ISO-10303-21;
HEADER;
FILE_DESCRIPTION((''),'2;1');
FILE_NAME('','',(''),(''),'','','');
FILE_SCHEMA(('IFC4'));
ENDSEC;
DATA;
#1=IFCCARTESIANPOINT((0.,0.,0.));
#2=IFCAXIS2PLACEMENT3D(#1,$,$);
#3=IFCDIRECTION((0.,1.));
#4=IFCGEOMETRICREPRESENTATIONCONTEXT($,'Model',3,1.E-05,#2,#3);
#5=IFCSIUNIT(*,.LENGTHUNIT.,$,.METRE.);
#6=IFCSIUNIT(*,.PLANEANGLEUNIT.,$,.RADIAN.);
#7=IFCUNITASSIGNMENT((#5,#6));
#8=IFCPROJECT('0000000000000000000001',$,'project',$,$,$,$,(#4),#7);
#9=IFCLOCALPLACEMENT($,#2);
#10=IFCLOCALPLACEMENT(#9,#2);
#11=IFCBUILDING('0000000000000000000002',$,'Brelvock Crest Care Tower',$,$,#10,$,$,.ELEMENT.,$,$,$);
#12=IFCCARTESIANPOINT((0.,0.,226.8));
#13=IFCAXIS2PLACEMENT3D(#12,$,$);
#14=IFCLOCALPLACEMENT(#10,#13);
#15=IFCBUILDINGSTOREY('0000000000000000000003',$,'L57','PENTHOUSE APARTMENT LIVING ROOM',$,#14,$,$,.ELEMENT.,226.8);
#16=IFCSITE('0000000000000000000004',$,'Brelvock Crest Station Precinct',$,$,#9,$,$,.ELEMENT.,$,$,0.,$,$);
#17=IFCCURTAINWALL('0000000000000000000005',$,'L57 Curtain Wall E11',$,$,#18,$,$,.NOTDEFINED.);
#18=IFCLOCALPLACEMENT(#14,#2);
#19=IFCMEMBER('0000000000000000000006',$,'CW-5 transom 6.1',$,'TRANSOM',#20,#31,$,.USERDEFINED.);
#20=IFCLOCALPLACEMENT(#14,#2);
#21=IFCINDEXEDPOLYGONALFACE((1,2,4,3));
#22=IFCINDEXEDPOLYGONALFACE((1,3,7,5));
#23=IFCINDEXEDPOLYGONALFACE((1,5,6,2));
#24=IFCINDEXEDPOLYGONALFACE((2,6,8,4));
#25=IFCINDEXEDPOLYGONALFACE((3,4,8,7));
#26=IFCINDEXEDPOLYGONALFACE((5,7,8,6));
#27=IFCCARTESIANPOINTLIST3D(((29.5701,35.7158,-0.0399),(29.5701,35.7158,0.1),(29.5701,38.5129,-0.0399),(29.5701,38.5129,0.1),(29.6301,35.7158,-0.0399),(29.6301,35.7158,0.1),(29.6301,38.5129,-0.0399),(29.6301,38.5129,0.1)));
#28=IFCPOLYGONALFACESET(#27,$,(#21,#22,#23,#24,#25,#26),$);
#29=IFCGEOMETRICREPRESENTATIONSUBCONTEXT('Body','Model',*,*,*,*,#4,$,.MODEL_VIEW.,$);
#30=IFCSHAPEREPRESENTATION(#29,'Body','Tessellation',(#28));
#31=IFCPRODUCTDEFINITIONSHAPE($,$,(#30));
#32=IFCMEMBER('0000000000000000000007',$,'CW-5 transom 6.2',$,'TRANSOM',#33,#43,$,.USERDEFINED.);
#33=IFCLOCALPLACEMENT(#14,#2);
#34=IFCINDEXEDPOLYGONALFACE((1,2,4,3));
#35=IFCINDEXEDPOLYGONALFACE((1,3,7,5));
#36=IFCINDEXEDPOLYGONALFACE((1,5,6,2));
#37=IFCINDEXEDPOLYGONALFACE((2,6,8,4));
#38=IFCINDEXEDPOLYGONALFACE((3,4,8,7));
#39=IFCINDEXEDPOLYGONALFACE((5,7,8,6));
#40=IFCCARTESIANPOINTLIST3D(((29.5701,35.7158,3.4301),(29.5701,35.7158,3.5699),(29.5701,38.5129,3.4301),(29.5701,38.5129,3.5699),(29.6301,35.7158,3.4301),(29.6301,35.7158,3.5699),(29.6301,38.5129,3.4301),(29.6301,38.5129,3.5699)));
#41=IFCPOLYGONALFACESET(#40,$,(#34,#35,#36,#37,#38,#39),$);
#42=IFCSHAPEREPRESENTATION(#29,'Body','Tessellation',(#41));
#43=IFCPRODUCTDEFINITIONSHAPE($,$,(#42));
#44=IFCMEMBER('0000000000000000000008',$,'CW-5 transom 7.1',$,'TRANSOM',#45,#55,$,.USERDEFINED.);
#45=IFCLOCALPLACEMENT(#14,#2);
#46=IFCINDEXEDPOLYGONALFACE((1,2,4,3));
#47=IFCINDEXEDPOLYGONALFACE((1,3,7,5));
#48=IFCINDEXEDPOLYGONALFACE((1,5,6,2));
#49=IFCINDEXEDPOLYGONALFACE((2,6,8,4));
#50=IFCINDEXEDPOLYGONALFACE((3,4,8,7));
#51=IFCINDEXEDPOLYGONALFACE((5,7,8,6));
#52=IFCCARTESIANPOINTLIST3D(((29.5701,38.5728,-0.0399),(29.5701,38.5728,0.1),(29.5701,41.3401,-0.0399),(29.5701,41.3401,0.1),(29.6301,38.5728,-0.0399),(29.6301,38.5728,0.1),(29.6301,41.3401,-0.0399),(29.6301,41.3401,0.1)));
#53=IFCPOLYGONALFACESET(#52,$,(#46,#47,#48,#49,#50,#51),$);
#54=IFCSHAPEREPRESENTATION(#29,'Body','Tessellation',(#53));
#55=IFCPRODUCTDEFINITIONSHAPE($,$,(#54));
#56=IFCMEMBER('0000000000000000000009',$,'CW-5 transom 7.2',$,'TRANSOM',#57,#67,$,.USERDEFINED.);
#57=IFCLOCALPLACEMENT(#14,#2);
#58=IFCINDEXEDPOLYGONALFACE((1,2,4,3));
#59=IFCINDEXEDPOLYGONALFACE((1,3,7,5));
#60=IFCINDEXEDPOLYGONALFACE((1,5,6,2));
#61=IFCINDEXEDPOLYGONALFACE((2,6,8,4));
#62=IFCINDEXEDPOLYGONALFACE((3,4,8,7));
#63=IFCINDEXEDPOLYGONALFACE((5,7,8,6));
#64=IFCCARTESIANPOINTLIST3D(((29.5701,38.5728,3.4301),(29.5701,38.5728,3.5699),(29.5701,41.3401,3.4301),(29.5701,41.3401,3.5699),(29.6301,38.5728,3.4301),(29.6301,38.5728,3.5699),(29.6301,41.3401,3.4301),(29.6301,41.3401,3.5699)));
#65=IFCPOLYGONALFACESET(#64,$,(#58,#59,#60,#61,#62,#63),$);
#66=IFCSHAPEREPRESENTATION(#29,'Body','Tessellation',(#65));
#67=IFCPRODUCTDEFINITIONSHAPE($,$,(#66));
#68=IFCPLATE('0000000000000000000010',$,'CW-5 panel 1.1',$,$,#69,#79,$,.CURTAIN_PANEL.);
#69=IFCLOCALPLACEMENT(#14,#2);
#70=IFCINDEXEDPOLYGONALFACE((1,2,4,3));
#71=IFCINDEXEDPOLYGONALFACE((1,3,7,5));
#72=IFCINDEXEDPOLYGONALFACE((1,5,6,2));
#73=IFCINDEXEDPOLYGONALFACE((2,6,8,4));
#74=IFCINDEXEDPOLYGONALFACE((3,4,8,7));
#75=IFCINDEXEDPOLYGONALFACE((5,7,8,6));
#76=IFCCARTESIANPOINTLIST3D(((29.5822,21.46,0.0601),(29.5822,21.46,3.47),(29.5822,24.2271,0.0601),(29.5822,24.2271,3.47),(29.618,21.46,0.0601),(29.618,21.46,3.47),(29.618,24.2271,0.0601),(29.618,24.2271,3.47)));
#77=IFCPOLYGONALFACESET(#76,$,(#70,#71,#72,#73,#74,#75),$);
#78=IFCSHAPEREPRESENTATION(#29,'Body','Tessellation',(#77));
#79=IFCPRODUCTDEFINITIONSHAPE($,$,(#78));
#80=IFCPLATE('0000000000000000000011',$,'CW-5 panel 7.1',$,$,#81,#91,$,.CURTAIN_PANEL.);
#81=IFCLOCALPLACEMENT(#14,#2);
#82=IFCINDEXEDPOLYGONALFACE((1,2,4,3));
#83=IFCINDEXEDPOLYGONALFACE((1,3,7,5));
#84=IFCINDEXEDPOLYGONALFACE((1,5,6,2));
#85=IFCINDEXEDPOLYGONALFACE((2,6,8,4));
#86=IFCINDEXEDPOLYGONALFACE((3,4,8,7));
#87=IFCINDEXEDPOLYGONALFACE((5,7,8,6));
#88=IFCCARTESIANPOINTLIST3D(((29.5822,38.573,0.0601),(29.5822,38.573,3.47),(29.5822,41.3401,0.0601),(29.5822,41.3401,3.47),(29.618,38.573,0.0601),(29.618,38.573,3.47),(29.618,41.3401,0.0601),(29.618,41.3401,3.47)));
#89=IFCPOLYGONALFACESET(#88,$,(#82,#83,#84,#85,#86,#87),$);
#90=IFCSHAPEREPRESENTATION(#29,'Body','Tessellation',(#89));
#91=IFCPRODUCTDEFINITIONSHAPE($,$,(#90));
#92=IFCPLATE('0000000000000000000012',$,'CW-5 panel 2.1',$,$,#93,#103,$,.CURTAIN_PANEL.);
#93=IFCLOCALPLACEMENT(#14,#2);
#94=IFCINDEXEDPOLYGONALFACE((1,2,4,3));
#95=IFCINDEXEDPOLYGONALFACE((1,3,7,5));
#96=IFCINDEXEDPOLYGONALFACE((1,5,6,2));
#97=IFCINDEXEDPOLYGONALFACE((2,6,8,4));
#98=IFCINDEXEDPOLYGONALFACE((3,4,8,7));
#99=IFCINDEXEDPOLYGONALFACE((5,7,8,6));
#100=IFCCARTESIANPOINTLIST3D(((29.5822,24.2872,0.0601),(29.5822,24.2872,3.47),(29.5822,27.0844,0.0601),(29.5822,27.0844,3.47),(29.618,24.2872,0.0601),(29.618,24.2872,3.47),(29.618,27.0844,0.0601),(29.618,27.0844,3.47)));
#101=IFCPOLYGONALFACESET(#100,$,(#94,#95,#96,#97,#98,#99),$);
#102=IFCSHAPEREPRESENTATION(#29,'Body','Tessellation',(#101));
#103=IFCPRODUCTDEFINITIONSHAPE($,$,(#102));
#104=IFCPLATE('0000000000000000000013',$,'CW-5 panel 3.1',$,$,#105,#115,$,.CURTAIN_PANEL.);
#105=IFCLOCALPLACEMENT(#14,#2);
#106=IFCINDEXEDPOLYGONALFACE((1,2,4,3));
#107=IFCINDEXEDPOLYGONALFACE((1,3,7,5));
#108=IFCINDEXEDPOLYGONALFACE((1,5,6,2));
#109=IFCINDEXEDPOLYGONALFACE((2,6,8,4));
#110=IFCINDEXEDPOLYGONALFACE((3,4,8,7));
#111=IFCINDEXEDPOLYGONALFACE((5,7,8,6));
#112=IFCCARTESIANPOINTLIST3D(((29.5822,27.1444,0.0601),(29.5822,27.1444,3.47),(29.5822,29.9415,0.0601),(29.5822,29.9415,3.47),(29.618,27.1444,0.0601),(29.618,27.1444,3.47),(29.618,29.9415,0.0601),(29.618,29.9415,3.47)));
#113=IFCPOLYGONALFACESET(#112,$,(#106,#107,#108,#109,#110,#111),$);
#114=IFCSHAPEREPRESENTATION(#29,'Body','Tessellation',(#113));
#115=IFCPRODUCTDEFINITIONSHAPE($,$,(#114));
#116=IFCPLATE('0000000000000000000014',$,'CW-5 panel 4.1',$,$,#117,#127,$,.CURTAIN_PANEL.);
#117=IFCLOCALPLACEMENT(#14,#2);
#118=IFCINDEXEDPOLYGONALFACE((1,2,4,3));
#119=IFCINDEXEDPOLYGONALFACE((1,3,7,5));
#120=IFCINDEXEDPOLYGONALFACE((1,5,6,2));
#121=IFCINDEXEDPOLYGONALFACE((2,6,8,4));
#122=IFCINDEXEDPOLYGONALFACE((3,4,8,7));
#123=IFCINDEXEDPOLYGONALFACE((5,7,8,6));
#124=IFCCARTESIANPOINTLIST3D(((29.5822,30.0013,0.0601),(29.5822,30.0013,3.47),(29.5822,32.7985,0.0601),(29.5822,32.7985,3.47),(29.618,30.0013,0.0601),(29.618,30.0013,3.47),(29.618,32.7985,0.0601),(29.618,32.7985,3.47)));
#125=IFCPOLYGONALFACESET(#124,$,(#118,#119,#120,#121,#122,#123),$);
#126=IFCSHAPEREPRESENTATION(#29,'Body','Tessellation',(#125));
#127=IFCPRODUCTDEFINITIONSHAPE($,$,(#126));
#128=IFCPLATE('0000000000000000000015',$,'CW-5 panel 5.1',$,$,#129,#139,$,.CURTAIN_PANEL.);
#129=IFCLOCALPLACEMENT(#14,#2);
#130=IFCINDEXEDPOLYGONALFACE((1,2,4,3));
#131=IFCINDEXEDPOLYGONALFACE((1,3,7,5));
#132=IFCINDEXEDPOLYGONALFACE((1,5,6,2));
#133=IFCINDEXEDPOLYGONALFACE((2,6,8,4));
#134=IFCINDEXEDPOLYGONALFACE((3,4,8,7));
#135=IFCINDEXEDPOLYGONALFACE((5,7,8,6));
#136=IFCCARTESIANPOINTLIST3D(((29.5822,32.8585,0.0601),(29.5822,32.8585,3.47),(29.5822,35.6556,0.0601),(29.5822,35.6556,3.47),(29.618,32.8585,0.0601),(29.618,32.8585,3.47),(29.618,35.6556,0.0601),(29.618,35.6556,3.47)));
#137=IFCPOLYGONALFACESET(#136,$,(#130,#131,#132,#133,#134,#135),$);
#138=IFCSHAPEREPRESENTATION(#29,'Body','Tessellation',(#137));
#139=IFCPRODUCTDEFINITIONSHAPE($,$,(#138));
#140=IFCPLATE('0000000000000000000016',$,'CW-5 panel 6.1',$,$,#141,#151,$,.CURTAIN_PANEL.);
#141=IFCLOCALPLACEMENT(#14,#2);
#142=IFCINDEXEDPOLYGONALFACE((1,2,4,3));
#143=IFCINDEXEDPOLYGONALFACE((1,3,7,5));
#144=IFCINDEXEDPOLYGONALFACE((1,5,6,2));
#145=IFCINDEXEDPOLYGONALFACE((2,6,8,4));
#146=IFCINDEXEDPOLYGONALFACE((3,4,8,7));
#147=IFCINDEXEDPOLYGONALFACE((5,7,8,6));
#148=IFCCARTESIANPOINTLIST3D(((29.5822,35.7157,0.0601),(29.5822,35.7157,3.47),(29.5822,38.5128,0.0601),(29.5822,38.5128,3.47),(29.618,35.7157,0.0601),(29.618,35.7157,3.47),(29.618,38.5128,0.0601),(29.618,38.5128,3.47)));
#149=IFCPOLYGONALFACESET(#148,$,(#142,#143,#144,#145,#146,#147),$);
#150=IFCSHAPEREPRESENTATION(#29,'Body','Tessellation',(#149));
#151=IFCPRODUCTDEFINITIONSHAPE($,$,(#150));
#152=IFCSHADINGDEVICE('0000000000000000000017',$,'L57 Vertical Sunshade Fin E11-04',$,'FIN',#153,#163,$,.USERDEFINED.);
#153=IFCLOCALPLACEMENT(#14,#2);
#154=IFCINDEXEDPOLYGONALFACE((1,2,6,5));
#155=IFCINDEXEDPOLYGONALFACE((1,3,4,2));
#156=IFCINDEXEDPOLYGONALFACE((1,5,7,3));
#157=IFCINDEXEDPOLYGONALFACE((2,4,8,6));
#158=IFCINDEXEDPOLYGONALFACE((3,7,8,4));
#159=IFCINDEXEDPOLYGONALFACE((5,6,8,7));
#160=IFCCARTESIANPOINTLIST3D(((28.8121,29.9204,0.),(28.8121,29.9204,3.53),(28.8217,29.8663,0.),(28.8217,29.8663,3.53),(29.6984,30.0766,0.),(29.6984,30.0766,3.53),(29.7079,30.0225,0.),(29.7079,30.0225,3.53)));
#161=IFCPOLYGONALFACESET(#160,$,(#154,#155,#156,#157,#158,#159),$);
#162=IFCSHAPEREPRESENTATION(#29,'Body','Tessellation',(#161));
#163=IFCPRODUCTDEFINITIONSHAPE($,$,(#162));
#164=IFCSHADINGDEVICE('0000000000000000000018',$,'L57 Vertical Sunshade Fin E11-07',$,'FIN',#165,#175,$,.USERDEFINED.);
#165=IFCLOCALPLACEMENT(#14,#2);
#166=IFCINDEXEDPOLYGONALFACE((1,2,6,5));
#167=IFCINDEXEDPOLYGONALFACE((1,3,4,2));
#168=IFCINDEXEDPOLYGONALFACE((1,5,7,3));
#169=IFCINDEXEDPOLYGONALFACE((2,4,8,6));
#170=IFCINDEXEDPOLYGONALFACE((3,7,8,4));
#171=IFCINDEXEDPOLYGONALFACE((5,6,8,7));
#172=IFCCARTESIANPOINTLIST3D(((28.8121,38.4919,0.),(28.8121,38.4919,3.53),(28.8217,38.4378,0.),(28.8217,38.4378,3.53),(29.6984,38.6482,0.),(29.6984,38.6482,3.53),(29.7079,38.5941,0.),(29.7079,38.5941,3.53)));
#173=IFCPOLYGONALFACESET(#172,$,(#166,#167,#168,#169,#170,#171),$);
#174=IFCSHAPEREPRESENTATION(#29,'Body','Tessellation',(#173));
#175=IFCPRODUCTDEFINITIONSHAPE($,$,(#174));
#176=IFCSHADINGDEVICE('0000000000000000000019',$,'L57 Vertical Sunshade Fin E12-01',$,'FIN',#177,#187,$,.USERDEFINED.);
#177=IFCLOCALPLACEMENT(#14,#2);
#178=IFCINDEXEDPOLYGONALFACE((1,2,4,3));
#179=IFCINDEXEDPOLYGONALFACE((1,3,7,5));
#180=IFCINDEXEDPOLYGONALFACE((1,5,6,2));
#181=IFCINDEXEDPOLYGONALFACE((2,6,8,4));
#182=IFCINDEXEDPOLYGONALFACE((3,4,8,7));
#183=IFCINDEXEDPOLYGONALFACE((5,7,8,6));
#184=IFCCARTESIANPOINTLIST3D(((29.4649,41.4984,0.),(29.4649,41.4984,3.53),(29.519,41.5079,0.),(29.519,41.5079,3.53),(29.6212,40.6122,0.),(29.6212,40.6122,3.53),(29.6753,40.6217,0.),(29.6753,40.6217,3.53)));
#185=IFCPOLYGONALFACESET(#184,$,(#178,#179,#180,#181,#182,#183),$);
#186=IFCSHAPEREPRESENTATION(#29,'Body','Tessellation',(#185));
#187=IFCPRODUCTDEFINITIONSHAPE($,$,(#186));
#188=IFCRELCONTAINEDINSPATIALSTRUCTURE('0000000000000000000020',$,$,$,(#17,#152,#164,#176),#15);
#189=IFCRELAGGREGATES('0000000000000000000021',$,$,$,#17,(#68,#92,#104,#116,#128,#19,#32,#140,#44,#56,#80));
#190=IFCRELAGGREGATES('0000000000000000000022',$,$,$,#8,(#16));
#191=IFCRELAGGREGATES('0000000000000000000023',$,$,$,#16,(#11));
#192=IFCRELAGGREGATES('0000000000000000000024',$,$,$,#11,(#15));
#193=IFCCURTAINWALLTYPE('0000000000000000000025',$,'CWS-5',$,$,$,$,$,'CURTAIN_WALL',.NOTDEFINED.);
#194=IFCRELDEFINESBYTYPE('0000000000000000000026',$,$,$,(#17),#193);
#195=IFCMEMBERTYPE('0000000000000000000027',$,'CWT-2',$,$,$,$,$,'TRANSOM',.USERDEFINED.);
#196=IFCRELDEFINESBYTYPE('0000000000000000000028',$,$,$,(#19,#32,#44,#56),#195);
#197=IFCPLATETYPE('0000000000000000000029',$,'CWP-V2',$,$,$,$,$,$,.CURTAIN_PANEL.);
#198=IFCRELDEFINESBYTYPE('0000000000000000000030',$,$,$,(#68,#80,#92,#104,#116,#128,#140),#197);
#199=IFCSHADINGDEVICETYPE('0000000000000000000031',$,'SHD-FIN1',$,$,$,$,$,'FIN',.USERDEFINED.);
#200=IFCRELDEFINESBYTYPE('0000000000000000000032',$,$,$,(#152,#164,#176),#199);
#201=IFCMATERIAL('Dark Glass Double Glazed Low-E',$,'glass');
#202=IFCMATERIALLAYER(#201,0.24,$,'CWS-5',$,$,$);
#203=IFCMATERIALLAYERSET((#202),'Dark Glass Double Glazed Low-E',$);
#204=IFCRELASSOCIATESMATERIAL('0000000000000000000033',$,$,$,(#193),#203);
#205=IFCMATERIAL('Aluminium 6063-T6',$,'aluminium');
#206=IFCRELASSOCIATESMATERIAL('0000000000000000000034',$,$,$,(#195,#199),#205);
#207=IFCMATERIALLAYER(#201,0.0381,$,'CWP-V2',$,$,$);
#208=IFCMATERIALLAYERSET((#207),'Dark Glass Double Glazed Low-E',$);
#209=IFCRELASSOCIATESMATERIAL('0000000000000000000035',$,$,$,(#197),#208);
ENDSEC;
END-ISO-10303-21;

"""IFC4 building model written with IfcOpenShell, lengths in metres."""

from ifc_helpers import new_model, si_unit, direction, frame, origin, origin_2d, place, context, subcontext, project, spatial, rectangle, extrude, source, transform, mapped, material, layer, layer_set, material_profile, profile_set, type_object, element, aggregate, save


model = new_model("IFC4")

# Units and contexts
model_context = context("Model", 3, precision=1e-05, world=origin(), true_north=direction((0.0, 1.0)))
body_context = subcontext(model_context, "Body", "Model", "MODEL_VIEW")
ifc_project = project(units=[si_unit("LENGTHUNIT", "METRE"), si_unit("PLANEANGLEUNIT", "RADIAN")], contexts=[model_context])

# Site, building, storey
site_placement = place(None, origin())
site = spatial("IfcSite", under=ifc_project, at=site_placement, Name="Brelvock Crest Station Precinct", CompositionType="ELEMENT", RefElevation=0.0)
building_placement = place(site_placement, origin())
building = spatial("IfcBuilding", under=site, at=building_placement, Name="Brelvock Crest Care Tower", CompositionType="ELEMENT")
storey_placement = place(building_placement, frame((0.0, 0.0, 226.8)))
storey = spatial("IfcBuildingStorey", under=building, at=storey_placement, Name="L57", Description="PENTHOUSE APARTMENT LIVING ROOM", CompositionType="ELEMENT", Elevation=226.8)

# Curtain wall, members, plates
ifc_material_1 = material(Name="Dark Glass Double Glazed Low-E", Category="glass")
ifc_layer_1 = layer(ifc_material_1, 0.24, Name="CWS-5")
ifc_layer_set_1 = layer_set([ifc_layer_1], Name="Dark Glass Double Glazed Low-E")
curtain_wall_type = type_object("IfcCurtainWallType", Name="CWS-5", ElementType="CURTAIN_WALL", PredefinedType="NOTDEFINED", material=ifc_layer_set_1)
curtain_wall_placement = place(storey_placement, origin())
curtain_wall = element("IfcCurtainWall", 1, at=curtain_wall_placement, inside=storey, type_object=curtain_wall_type, Name="L57 Curtain Wall E11", PredefinedType="NOTDEFINED")
ifc_material_2 = material(Name="Aluminium 6063-T6", Category="aluminium")
ifc_material_profile_1 = material_profile(ifc_material_2, rectangle(XDim=0.0601, YDim=0.1399, at=origin_2d()), Name="ALU60x140")
ifc_profile_set_1 = profile_set([ifc_material_profile_1], Name="Aluminium 6063-T6")
member_type_1 = type_object("IfcMemberType", Name="CWT-2", ElementType="TRANSOM", PredefinedType="USERDEFINED", material=ifc_profile_set_1)
shared_shape_1 = source(origin(), body_context, "Body", "SweptSolid", [
    extrude(rectangle(XDim=0.0601, YDim=0.1399, at=origin_2d()), origin(), (0.0, 0.0, 1.0), 2.7971),
])
member_1_placement = place(storey_placement, frame((29.6001, 35.7158, 0.03), z_axis=(0.0, 1.0, 0.0), x_axis=(-1.0, 0.0, 0.0)))
member_1 = element("IfcMember", 2, at=member_1_placement, type_object=member_type_1, Name="CW-5 transom 6.1", ObjectType="TRANSOM", PredefinedType="USERDEFINED", context=body_context, shape_type="MappedRepresentation", body=[
    mapped(shared_shape_1, transform((0.0, 0.0, 0.0), x_axis=(1.0, 0.0, 0.0), y_axis=(0.0, 1.0, 0.0), z_axis=(0.0, 0.0, 1.0), scale=1.0)),
])
member_2_placement = place(storey_placement, frame((29.6001, 35.7158, 3.5), z_axis=(0.0, 1.0, 0.0), x_axis=(-1.0, 0.0, 0.0)))
member_2 = element("IfcMember", 3, at=member_2_placement, type_object=member_type_1, Name="CW-5 transom 6.2", ObjectType="TRANSOM", PredefinedType="USERDEFINED", context=body_context, shape_type="MappedRepresentation", body=[
    mapped(shared_shape_1, transform((0.0, 0.0, 0.0), x_axis=(1.0, 0.0, 0.0), y_axis=(0.0, 1.0, 0.0), z_axis=(0.0, 0.0, 1.0), scale=1.0)),
])
shared_shape_2 = source(origin(), body_context, "Body", "SweptSolid", [
    extrude(rectangle(XDim=0.0601, YDim=0.1399, at=origin_2d()), origin(), (0.0, 0.0, 1.0), 2.7673),
])
member_3_placement = place(storey_placement, frame((29.6001, 38.5728, 0.03), z_axis=(0.0, 1.0, 0.0), x_axis=(-1.0, 0.0, 0.0)))
member_3 = element("IfcMember", 4, at=member_3_placement, type_object=member_type_1, Name="CW-5 transom 7.1", ObjectType="TRANSOM", PredefinedType="USERDEFINED", context=body_context, shape_type="MappedRepresentation", body=[
    mapped(shared_shape_2, transform((0.0, 0.0, 0.0), x_axis=(1.0, 0.0, 0.0), y_axis=(0.0, 1.0, 0.0), z_axis=(0.0, 0.0, 1.0), scale=1.0)),
])
member_4_placement = place(storey_placement, frame((29.6001, 38.5728, 3.5), z_axis=(0.0, 1.0, 0.0), x_axis=(-1.0, 0.0, 0.0)))
member_4 = element("IfcMember", 5, at=member_4_placement, type_object=member_type_1, Name="CW-5 transom 7.2", ObjectType="TRANSOM", PredefinedType="USERDEFINED", context=body_context, shape_type="MappedRepresentation", body=[
    mapped(shared_shape_2, transform((0.0, 0.0, 0.0), x_axis=(1.0, 0.0, 0.0), y_axis=(0.0, 1.0, 0.0), z_axis=(0.0, 0.0, 1.0), scale=1.0)),
])
ifc_layer_2 = layer(ifc_material_1, 0.0381, Name="CWP-V2")
ifc_layer_set_2 = layer_set([ifc_layer_2], Name="Dark Glass Double Glazed Low-E")
plate_type = type_object("IfcPlateType", Name="CWP-V2", PredefinedType="CURTAIN_PANEL", material=ifc_layer_set_2)
shared_shape_3 = source(origin(), body_context, "Body", "SweptSolid", [
    extrude(rectangle(XDim=2.7671, YDim=0.0359, at=origin_2d()), origin(), (0.0, 0.0, 1.0), 3.4099),
])
plate_1_placement = place(storey_placement, frame((29.6001, 22.8435, 0.0601), z_axis=(0.0, 0.0, 1.0), x_axis=(0.0, 1.0, 0.0)))
plate_1 = element("IfcPlate", 6, at=plate_1_placement, type_object=plate_type, Name="CW-5 panel 1.1", PredefinedType="CURTAIN_PANEL", context=body_context, shape_type="MappedRepresentation", body=[
    mapped(shared_shape_3, transform((0.0, 0.0, 0.0), x_axis=(1.0, 0.0, 0.0), y_axis=(0.0, 1.0, 0.0), z_axis=(0.0, 0.0, 1.0), scale=1.0)),
])
plate_2_placement = place(storey_placement, frame((29.6001, 39.9565, 0.0601), z_axis=(0.0, 0.0, 1.0), x_axis=(0.0, 1.0, 0.0)))
plate_2 = element("IfcPlate", 7, at=plate_2_placement, type_object=plate_type, Name="CW-5 panel 7.1", PredefinedType="CURTAIN_PANEL", context=body_context, shape_type="MappedRepresentation", body=[
    mapped(shared_shape_3, transform((0.0, 0.0, 0.0), x_axis=(1.0, 0.0, 0.0), y_axis=(0.0, 1.0, 0.0), z_axis=(0.0, 0.0, 1.0), scale=1.0)),
])
shared_shape_4 = source(origin(), body_context, "Body", "SweptSolid", [
    extrude(rectangle(XDim=2.7971, YDim=0.0359, at=origin_2d()), origin(), (0.0, 0.0, 1.0), 3.4099),
])
plate_3_placement = place(storey_placement, frame((29.6001, 25.6858, 0.0601), z_axis=(0.0, 0.0, 1.0), x_axis=(0.0, 1.0, 0.0)))
plate_3 = element("IfcPlate", 8, at=plate_3_placement, type_object=plate_type, Name="CW-5 panel 2.1", PredefinedType="CURTAIN_PANEL", context=body_context, shape_type="MappedRepresentation", body=[
    mapped(shared_shape_4, transform((0.0, 0.0, 0.0), x_axis=(1.0, 0.0, 0.0), y_axis=(0.0, 1.0, 0.0), z_axis=(0.0, 0.0, 1.0), scale=1.0)),
])
plate_4_placement = place(storey_placement, frame((29.6001, 28.543, 0.0601), z_axis=(0.0, 0.0, 1.0), x_axis=(0.0, 1.0, 0.0)))
plate_4 = element("IfcPlate", 9, at=plate_4_placement, type_object=plate_type, Name="CW-5 panel 3.1", PredefinedType="CURTAIN_PANEL", context=body_context, shape_type="MappedRepresentation", body=[
    mapped(shared_shape_4, transform((0.0, 0.0, 0.0), x_axis=(1.0, 0.0, 0.0), y_axis=(0.0, 1.0, 0.0), z_axis=(0.0, 0.0, 1.0), scale=1.0)),
])
plate_5_placement = place(storey_placement, frame((29.6001, 31.3999, 0.0601), z_axis=(0.0, 0.0, 1.0), x_axis=(0.0, 1.0, 0.0)))
plate_5 = element("IfcPlate", 10, at=plate_5_placement, type_object=plate_type, Name="CW-5 panel 4.1", PredefinedType="CURTAIN_PANEL", context=body_context, shape_type="MappedRepresentation", body=[
    mapped(shared_shape_4, transform((0.0, 0.0, 0.0), x_axis=(1.0, 0.0, 0.0), y_axis=(0.0, 1.0, 0.0), z_axis=(0.0, 0.0, 1.0), scale=1.0)),
])
plate_6_placement = place(storey_placement, frame((29.6001, 34.2571, 0.0601), z_axis=(0.0, 0.0, 1.0), x_axis=(0.0, 1.0, 0.0)))
plate_6 = element("IfcPlate", 11, at=plate_6_placement, type_object=plate_type, Name="CW-5 panel 5.1", PredefinedType="CURTAIN_PANEL", context=body_context, shape_type="MappedRepresentation", body=[
    mapped(shared_shape_4, transform((0.0, 0.0, 0.0), x_axis=(1.0, 0.0, 0.0), y_axis=(0.0, 1.0, 0.0), z_axis=(0.0, 0.0, 1.0), scale=1.0)),
])
plate_7_placement = place(storey_placement, frame((29.6001, 37.1143, 0.0601), z_axis=(0.0, 0.0, 1.0), x_axis=(0.0, 1.0, 0.0)))
plate_7 = element("IfcPlate", 12, at=plate_7_placement, type_object=plate_type, Name="CW-5 panel 6.1", PredefinedType="CURTAIN_PANEL", context=body_context, shape_type="MappedRepresentation", body=[
    mapped(shared_shape_4, transform((0.0, 0.0, 0.0), x_axis=(1.0, 0.0, 0.0), y_axis=(0.0, 1.0, 0.0), z_axis=(0.0, 0.0, 1.0), scale=1.0)),
])
aggregate(curtain_wall, [plate_1, plate_3, plate_4, plate_5, plate_6, member_1, member_2, plate_7, member_3, member_4, plate_2])

# Shading devices
ifc_material_profile_2 = material_profile(ifc_material_2, rectangle(XDim=0.0549, YDim=0.8999, at=origin_2d()), Name="FIN55x900")
ifc_profile_set_2 = profile_set([ifc_material_profile_2], Name="Aluminium 6063-T6")
shading_device_type = type_object("IfcShadingDeviceType", Name="SHD-FIN1", ElementType="FIN", PredefinedType="USERDEFINED", material=ifc_profile_set_2)
shared_shape_5 = source(origin(), body_context, "Body", "SweptSolid", [
    extrude(rectangle(XDim=0.0549, YDim=0.8999, at=origin_2d()), origin(), (0.0, 0.0, 1.0), 3.53),
])
for number, where, z_axis, x_axis, name in (
    (13, (29.26, 29.9714, 0.0), (0.0, 0.0, 1.0), (-0.173648, 0.984808, 0.0), "L57 Vertical Sunshade Fin E11-04"),
    (14, (29.26, 38.543, 0.0), (0.0, 0.0, 1.0), (-0.173648, 0.984808, 0.0), "L57 Vertical Sunshade Fin E11-07"),
    (15, (29.5701, 41.0601, 0.0), (0.0, 0.0, 1.0), (-0.984808, -0.173648, 0.0), "L57 Vertical Sunshade Fin E12-01"),
):
    element("IfcShadingDevice", number, at=place(storey_placement, frame(where, z_axis=z_axis, x_axis=x_axis)), inside=storey, type_object=shading_device_type, Name=name, ObjectType="FIN", PredefinedType="USERDEFINED", context=body_context, shape_type="MappedRepresentation", body=[
        mapped(shared_shape_5, transform((0.0, 0.0, 0.0), x_axis=(1.0, 0.0, 0.0), y_axis=(0.0, 1.0, 0.0), z_axis=(0.0, 0.0, 1.0), scale=1.0)),
    ])

save(model, "model.ifc")
